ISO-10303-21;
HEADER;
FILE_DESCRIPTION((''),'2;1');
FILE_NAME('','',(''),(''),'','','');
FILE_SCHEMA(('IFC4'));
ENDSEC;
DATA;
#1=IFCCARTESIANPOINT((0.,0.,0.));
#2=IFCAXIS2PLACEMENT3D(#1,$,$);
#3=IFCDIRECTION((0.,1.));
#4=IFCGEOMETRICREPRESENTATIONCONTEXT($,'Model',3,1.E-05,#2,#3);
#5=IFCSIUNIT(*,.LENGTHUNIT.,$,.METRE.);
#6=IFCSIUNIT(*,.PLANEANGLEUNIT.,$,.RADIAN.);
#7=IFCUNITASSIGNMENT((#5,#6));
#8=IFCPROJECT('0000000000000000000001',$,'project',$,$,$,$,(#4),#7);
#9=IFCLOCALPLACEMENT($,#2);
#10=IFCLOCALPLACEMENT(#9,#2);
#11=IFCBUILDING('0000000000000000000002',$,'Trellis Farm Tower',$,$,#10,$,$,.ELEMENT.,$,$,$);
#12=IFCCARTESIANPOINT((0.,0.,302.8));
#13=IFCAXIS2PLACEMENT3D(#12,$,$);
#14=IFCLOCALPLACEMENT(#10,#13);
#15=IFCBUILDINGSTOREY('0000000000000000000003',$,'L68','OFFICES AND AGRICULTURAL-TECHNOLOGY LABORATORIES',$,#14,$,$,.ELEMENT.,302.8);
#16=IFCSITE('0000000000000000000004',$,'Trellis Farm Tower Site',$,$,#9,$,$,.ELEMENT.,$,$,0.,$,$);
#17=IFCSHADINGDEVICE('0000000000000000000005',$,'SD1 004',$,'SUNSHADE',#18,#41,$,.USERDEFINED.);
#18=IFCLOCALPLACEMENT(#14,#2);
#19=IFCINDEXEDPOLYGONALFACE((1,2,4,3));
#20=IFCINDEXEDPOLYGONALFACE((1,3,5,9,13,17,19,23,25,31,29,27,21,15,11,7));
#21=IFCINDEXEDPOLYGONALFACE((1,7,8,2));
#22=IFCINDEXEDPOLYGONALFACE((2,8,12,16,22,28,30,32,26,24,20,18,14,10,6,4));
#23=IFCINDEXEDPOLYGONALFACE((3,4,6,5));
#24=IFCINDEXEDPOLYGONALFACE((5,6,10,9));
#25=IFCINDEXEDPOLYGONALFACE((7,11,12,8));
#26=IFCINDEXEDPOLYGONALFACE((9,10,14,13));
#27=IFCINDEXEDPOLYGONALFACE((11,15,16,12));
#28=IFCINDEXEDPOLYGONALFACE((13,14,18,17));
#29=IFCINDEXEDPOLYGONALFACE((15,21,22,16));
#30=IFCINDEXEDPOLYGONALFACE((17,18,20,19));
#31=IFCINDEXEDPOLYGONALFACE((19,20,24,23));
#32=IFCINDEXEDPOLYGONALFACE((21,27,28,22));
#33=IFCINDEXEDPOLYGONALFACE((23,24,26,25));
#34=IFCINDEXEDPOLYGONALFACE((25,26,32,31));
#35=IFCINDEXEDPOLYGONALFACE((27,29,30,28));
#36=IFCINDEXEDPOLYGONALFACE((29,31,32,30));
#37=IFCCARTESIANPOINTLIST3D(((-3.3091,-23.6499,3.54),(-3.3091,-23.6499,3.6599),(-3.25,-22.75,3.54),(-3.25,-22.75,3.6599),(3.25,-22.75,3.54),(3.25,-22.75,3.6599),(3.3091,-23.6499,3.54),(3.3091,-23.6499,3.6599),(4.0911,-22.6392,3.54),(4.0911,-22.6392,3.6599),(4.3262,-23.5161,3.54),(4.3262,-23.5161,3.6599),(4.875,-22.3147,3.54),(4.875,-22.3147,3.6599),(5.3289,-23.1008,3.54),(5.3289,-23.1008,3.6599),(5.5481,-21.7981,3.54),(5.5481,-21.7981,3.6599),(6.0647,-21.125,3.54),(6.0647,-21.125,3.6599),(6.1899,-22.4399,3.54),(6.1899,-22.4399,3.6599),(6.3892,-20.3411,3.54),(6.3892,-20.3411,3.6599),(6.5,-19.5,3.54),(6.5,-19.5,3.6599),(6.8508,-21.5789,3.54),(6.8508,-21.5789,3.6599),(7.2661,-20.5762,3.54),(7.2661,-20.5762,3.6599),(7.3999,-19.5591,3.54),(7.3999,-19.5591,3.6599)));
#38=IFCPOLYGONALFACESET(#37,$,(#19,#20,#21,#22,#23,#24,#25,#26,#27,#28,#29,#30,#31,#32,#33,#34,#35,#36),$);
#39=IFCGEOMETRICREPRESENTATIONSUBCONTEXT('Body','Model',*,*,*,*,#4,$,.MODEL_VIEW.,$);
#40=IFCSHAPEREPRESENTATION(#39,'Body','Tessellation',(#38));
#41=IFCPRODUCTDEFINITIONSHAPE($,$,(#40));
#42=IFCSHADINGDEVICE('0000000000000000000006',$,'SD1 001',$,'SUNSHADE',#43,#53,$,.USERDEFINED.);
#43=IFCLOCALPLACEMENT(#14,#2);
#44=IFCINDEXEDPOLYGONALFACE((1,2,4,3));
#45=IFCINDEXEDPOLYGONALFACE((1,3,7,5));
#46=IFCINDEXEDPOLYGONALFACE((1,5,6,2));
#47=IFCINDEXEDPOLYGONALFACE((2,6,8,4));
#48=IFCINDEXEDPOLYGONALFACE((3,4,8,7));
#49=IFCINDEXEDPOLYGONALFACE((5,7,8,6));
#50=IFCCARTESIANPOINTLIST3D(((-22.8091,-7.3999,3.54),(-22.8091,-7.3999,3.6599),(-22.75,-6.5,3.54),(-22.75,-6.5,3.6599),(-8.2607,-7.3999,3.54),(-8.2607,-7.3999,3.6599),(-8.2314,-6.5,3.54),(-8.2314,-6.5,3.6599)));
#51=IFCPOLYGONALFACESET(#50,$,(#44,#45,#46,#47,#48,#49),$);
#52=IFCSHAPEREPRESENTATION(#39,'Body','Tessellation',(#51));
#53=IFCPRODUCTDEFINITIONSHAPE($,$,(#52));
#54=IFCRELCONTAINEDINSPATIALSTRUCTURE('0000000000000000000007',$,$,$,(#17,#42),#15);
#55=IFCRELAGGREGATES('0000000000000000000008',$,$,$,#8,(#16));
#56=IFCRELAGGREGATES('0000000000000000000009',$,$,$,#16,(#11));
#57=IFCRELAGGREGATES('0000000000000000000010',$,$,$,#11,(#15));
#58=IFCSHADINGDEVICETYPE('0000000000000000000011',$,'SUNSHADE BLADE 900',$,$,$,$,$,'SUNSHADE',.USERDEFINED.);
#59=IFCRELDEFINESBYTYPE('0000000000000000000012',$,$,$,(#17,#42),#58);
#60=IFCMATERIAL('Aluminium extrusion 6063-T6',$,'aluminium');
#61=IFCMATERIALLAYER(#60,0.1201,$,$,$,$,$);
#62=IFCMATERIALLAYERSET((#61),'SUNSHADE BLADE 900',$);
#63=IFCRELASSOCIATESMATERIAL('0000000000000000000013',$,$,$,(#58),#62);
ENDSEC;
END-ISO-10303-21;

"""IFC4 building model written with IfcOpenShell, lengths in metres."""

from ifc_helpers import new_model, si_unit, direction, frame, origin, place, context, subcontext, project, spatial, polyline, outline, extrude, source, transform, mapped, material, layer, layer_set, type_object, element, save


model = new_model("IFC4")

# Units and contexts
model_context = context("Model", 3, precision=1e-05, world=origin(), true_north=direction((0.0, 1.0)))
body_context = subcontext(model_context, "Body", "Model", "MODEL_VIEW")
ifc_project = project(units=[si_unit("LENGTHUNIT", "METRE"), si_unit("PLANEANGLEUNIT", "RADIAN")], contexts=[model_context])

# Site, building, storey
site_placement = place(None, origin())
site = spatial("IfcSite", under=ifc_project, at=site_placement, Name="Trellis Farm Tower Site", CompositionType="ELEMENT", RefElevation=0.0)
building_placement = place(site_placement, origin())
building = spatial("IfcBuilding", under=site, at=building_placement, Name="Trellis Farm Tower", CompositionType="ELEMENT")
storey_placement = place(building_placement, frame((0.0, 0.0, 302.8)))
storey = spatial("IfcBuildingStorey", under=building, at=storey_placement, Name="L68", Description="OFFICES AND AGRICULTURAL-TECHNOLOGY LABORATORIES", CompositionType="ELEMENT", Elevation=302.8)

# Shared definitions
ifc_material_1 = material(Name="Aluminium extrusion 6063-T6", Category="aluminium")

# Shading devices
ifc_layer_1 = layer(ifc_material_1, 0.1201)
ifc_layer_set_1 = layer_set([ifc_layer_1], Name="SUNSHADE BLADE 900")
shading_device_type_1 = type_object("IfcShadingDeviceType", Name="SUNSHADE BLADE 900", ElementType="SUNSHADE", PredefinedType="USERDEFINED", material=ifc_layer_set_1)
placement_1 = place(storey_placement, frame((0.0, 0.0, 3.54)))
shared_shape_1 = source(origin(), body_context, "Body", "SweptSolid", [
    extrude(outline(polyline([(-3.3091, -23.6499), (3.3091, -23.6499), (4.3262, -23.5161), (5.3289, -23.1008), (6.1899, -22.4399), (6.8508, -21.5789), (7.2661, -20.5762), (7.3999, -19.5591), (6.5, -19.5), (6.3892, -20.3411), (6.0647, -21.125), (5.5481, -21.7981), (4.875, -22.3147), (4.0911, -22.6392), (3.25, -22.75), (-3.25, -22.75), (-3.3091, -23.6499)])), origin(), (0.0, 0.0, 1.0), 0.1199),
])
element("IfcShadingDevice", 1, at=placement_1, inside=storey, type_object=shading_device_type_1, Name="SD1 004", ObjectType="SUNSHADE", PredefinedType="USERDEFINED", context=body_context, shape_type="MappedRepresentation", body=[
    mapped(shared_shape_1, transform((0.0, 0.0, 0.0))),
])
shared_shape_2 = source(origin(), body_context, "Body", "SweptSolid", [
    extrude(outline(polyline([(-22.8091, -7.3999), (-8.2607, -7.3999), (-8.2314, -6.5), (-22.75, -6.5), (-22.8091, -7.3999)])), origin(), (0.0, 0.0, 1.0), 0.1199),
])
element("IfcShadingDevice", 2, at=placement_1, inside=storey, type_object=shading_device_type_1, Name="SD1 001", ObjectType="SUNSHADE", PredefinedType="USERDEFINED", context=body_context, shape_type="MappedRepresentation", body=[
    mapped(shared_shape_2, transform((0.0, 0.0, 0.0))),
])

save(model, "model.ifc")
